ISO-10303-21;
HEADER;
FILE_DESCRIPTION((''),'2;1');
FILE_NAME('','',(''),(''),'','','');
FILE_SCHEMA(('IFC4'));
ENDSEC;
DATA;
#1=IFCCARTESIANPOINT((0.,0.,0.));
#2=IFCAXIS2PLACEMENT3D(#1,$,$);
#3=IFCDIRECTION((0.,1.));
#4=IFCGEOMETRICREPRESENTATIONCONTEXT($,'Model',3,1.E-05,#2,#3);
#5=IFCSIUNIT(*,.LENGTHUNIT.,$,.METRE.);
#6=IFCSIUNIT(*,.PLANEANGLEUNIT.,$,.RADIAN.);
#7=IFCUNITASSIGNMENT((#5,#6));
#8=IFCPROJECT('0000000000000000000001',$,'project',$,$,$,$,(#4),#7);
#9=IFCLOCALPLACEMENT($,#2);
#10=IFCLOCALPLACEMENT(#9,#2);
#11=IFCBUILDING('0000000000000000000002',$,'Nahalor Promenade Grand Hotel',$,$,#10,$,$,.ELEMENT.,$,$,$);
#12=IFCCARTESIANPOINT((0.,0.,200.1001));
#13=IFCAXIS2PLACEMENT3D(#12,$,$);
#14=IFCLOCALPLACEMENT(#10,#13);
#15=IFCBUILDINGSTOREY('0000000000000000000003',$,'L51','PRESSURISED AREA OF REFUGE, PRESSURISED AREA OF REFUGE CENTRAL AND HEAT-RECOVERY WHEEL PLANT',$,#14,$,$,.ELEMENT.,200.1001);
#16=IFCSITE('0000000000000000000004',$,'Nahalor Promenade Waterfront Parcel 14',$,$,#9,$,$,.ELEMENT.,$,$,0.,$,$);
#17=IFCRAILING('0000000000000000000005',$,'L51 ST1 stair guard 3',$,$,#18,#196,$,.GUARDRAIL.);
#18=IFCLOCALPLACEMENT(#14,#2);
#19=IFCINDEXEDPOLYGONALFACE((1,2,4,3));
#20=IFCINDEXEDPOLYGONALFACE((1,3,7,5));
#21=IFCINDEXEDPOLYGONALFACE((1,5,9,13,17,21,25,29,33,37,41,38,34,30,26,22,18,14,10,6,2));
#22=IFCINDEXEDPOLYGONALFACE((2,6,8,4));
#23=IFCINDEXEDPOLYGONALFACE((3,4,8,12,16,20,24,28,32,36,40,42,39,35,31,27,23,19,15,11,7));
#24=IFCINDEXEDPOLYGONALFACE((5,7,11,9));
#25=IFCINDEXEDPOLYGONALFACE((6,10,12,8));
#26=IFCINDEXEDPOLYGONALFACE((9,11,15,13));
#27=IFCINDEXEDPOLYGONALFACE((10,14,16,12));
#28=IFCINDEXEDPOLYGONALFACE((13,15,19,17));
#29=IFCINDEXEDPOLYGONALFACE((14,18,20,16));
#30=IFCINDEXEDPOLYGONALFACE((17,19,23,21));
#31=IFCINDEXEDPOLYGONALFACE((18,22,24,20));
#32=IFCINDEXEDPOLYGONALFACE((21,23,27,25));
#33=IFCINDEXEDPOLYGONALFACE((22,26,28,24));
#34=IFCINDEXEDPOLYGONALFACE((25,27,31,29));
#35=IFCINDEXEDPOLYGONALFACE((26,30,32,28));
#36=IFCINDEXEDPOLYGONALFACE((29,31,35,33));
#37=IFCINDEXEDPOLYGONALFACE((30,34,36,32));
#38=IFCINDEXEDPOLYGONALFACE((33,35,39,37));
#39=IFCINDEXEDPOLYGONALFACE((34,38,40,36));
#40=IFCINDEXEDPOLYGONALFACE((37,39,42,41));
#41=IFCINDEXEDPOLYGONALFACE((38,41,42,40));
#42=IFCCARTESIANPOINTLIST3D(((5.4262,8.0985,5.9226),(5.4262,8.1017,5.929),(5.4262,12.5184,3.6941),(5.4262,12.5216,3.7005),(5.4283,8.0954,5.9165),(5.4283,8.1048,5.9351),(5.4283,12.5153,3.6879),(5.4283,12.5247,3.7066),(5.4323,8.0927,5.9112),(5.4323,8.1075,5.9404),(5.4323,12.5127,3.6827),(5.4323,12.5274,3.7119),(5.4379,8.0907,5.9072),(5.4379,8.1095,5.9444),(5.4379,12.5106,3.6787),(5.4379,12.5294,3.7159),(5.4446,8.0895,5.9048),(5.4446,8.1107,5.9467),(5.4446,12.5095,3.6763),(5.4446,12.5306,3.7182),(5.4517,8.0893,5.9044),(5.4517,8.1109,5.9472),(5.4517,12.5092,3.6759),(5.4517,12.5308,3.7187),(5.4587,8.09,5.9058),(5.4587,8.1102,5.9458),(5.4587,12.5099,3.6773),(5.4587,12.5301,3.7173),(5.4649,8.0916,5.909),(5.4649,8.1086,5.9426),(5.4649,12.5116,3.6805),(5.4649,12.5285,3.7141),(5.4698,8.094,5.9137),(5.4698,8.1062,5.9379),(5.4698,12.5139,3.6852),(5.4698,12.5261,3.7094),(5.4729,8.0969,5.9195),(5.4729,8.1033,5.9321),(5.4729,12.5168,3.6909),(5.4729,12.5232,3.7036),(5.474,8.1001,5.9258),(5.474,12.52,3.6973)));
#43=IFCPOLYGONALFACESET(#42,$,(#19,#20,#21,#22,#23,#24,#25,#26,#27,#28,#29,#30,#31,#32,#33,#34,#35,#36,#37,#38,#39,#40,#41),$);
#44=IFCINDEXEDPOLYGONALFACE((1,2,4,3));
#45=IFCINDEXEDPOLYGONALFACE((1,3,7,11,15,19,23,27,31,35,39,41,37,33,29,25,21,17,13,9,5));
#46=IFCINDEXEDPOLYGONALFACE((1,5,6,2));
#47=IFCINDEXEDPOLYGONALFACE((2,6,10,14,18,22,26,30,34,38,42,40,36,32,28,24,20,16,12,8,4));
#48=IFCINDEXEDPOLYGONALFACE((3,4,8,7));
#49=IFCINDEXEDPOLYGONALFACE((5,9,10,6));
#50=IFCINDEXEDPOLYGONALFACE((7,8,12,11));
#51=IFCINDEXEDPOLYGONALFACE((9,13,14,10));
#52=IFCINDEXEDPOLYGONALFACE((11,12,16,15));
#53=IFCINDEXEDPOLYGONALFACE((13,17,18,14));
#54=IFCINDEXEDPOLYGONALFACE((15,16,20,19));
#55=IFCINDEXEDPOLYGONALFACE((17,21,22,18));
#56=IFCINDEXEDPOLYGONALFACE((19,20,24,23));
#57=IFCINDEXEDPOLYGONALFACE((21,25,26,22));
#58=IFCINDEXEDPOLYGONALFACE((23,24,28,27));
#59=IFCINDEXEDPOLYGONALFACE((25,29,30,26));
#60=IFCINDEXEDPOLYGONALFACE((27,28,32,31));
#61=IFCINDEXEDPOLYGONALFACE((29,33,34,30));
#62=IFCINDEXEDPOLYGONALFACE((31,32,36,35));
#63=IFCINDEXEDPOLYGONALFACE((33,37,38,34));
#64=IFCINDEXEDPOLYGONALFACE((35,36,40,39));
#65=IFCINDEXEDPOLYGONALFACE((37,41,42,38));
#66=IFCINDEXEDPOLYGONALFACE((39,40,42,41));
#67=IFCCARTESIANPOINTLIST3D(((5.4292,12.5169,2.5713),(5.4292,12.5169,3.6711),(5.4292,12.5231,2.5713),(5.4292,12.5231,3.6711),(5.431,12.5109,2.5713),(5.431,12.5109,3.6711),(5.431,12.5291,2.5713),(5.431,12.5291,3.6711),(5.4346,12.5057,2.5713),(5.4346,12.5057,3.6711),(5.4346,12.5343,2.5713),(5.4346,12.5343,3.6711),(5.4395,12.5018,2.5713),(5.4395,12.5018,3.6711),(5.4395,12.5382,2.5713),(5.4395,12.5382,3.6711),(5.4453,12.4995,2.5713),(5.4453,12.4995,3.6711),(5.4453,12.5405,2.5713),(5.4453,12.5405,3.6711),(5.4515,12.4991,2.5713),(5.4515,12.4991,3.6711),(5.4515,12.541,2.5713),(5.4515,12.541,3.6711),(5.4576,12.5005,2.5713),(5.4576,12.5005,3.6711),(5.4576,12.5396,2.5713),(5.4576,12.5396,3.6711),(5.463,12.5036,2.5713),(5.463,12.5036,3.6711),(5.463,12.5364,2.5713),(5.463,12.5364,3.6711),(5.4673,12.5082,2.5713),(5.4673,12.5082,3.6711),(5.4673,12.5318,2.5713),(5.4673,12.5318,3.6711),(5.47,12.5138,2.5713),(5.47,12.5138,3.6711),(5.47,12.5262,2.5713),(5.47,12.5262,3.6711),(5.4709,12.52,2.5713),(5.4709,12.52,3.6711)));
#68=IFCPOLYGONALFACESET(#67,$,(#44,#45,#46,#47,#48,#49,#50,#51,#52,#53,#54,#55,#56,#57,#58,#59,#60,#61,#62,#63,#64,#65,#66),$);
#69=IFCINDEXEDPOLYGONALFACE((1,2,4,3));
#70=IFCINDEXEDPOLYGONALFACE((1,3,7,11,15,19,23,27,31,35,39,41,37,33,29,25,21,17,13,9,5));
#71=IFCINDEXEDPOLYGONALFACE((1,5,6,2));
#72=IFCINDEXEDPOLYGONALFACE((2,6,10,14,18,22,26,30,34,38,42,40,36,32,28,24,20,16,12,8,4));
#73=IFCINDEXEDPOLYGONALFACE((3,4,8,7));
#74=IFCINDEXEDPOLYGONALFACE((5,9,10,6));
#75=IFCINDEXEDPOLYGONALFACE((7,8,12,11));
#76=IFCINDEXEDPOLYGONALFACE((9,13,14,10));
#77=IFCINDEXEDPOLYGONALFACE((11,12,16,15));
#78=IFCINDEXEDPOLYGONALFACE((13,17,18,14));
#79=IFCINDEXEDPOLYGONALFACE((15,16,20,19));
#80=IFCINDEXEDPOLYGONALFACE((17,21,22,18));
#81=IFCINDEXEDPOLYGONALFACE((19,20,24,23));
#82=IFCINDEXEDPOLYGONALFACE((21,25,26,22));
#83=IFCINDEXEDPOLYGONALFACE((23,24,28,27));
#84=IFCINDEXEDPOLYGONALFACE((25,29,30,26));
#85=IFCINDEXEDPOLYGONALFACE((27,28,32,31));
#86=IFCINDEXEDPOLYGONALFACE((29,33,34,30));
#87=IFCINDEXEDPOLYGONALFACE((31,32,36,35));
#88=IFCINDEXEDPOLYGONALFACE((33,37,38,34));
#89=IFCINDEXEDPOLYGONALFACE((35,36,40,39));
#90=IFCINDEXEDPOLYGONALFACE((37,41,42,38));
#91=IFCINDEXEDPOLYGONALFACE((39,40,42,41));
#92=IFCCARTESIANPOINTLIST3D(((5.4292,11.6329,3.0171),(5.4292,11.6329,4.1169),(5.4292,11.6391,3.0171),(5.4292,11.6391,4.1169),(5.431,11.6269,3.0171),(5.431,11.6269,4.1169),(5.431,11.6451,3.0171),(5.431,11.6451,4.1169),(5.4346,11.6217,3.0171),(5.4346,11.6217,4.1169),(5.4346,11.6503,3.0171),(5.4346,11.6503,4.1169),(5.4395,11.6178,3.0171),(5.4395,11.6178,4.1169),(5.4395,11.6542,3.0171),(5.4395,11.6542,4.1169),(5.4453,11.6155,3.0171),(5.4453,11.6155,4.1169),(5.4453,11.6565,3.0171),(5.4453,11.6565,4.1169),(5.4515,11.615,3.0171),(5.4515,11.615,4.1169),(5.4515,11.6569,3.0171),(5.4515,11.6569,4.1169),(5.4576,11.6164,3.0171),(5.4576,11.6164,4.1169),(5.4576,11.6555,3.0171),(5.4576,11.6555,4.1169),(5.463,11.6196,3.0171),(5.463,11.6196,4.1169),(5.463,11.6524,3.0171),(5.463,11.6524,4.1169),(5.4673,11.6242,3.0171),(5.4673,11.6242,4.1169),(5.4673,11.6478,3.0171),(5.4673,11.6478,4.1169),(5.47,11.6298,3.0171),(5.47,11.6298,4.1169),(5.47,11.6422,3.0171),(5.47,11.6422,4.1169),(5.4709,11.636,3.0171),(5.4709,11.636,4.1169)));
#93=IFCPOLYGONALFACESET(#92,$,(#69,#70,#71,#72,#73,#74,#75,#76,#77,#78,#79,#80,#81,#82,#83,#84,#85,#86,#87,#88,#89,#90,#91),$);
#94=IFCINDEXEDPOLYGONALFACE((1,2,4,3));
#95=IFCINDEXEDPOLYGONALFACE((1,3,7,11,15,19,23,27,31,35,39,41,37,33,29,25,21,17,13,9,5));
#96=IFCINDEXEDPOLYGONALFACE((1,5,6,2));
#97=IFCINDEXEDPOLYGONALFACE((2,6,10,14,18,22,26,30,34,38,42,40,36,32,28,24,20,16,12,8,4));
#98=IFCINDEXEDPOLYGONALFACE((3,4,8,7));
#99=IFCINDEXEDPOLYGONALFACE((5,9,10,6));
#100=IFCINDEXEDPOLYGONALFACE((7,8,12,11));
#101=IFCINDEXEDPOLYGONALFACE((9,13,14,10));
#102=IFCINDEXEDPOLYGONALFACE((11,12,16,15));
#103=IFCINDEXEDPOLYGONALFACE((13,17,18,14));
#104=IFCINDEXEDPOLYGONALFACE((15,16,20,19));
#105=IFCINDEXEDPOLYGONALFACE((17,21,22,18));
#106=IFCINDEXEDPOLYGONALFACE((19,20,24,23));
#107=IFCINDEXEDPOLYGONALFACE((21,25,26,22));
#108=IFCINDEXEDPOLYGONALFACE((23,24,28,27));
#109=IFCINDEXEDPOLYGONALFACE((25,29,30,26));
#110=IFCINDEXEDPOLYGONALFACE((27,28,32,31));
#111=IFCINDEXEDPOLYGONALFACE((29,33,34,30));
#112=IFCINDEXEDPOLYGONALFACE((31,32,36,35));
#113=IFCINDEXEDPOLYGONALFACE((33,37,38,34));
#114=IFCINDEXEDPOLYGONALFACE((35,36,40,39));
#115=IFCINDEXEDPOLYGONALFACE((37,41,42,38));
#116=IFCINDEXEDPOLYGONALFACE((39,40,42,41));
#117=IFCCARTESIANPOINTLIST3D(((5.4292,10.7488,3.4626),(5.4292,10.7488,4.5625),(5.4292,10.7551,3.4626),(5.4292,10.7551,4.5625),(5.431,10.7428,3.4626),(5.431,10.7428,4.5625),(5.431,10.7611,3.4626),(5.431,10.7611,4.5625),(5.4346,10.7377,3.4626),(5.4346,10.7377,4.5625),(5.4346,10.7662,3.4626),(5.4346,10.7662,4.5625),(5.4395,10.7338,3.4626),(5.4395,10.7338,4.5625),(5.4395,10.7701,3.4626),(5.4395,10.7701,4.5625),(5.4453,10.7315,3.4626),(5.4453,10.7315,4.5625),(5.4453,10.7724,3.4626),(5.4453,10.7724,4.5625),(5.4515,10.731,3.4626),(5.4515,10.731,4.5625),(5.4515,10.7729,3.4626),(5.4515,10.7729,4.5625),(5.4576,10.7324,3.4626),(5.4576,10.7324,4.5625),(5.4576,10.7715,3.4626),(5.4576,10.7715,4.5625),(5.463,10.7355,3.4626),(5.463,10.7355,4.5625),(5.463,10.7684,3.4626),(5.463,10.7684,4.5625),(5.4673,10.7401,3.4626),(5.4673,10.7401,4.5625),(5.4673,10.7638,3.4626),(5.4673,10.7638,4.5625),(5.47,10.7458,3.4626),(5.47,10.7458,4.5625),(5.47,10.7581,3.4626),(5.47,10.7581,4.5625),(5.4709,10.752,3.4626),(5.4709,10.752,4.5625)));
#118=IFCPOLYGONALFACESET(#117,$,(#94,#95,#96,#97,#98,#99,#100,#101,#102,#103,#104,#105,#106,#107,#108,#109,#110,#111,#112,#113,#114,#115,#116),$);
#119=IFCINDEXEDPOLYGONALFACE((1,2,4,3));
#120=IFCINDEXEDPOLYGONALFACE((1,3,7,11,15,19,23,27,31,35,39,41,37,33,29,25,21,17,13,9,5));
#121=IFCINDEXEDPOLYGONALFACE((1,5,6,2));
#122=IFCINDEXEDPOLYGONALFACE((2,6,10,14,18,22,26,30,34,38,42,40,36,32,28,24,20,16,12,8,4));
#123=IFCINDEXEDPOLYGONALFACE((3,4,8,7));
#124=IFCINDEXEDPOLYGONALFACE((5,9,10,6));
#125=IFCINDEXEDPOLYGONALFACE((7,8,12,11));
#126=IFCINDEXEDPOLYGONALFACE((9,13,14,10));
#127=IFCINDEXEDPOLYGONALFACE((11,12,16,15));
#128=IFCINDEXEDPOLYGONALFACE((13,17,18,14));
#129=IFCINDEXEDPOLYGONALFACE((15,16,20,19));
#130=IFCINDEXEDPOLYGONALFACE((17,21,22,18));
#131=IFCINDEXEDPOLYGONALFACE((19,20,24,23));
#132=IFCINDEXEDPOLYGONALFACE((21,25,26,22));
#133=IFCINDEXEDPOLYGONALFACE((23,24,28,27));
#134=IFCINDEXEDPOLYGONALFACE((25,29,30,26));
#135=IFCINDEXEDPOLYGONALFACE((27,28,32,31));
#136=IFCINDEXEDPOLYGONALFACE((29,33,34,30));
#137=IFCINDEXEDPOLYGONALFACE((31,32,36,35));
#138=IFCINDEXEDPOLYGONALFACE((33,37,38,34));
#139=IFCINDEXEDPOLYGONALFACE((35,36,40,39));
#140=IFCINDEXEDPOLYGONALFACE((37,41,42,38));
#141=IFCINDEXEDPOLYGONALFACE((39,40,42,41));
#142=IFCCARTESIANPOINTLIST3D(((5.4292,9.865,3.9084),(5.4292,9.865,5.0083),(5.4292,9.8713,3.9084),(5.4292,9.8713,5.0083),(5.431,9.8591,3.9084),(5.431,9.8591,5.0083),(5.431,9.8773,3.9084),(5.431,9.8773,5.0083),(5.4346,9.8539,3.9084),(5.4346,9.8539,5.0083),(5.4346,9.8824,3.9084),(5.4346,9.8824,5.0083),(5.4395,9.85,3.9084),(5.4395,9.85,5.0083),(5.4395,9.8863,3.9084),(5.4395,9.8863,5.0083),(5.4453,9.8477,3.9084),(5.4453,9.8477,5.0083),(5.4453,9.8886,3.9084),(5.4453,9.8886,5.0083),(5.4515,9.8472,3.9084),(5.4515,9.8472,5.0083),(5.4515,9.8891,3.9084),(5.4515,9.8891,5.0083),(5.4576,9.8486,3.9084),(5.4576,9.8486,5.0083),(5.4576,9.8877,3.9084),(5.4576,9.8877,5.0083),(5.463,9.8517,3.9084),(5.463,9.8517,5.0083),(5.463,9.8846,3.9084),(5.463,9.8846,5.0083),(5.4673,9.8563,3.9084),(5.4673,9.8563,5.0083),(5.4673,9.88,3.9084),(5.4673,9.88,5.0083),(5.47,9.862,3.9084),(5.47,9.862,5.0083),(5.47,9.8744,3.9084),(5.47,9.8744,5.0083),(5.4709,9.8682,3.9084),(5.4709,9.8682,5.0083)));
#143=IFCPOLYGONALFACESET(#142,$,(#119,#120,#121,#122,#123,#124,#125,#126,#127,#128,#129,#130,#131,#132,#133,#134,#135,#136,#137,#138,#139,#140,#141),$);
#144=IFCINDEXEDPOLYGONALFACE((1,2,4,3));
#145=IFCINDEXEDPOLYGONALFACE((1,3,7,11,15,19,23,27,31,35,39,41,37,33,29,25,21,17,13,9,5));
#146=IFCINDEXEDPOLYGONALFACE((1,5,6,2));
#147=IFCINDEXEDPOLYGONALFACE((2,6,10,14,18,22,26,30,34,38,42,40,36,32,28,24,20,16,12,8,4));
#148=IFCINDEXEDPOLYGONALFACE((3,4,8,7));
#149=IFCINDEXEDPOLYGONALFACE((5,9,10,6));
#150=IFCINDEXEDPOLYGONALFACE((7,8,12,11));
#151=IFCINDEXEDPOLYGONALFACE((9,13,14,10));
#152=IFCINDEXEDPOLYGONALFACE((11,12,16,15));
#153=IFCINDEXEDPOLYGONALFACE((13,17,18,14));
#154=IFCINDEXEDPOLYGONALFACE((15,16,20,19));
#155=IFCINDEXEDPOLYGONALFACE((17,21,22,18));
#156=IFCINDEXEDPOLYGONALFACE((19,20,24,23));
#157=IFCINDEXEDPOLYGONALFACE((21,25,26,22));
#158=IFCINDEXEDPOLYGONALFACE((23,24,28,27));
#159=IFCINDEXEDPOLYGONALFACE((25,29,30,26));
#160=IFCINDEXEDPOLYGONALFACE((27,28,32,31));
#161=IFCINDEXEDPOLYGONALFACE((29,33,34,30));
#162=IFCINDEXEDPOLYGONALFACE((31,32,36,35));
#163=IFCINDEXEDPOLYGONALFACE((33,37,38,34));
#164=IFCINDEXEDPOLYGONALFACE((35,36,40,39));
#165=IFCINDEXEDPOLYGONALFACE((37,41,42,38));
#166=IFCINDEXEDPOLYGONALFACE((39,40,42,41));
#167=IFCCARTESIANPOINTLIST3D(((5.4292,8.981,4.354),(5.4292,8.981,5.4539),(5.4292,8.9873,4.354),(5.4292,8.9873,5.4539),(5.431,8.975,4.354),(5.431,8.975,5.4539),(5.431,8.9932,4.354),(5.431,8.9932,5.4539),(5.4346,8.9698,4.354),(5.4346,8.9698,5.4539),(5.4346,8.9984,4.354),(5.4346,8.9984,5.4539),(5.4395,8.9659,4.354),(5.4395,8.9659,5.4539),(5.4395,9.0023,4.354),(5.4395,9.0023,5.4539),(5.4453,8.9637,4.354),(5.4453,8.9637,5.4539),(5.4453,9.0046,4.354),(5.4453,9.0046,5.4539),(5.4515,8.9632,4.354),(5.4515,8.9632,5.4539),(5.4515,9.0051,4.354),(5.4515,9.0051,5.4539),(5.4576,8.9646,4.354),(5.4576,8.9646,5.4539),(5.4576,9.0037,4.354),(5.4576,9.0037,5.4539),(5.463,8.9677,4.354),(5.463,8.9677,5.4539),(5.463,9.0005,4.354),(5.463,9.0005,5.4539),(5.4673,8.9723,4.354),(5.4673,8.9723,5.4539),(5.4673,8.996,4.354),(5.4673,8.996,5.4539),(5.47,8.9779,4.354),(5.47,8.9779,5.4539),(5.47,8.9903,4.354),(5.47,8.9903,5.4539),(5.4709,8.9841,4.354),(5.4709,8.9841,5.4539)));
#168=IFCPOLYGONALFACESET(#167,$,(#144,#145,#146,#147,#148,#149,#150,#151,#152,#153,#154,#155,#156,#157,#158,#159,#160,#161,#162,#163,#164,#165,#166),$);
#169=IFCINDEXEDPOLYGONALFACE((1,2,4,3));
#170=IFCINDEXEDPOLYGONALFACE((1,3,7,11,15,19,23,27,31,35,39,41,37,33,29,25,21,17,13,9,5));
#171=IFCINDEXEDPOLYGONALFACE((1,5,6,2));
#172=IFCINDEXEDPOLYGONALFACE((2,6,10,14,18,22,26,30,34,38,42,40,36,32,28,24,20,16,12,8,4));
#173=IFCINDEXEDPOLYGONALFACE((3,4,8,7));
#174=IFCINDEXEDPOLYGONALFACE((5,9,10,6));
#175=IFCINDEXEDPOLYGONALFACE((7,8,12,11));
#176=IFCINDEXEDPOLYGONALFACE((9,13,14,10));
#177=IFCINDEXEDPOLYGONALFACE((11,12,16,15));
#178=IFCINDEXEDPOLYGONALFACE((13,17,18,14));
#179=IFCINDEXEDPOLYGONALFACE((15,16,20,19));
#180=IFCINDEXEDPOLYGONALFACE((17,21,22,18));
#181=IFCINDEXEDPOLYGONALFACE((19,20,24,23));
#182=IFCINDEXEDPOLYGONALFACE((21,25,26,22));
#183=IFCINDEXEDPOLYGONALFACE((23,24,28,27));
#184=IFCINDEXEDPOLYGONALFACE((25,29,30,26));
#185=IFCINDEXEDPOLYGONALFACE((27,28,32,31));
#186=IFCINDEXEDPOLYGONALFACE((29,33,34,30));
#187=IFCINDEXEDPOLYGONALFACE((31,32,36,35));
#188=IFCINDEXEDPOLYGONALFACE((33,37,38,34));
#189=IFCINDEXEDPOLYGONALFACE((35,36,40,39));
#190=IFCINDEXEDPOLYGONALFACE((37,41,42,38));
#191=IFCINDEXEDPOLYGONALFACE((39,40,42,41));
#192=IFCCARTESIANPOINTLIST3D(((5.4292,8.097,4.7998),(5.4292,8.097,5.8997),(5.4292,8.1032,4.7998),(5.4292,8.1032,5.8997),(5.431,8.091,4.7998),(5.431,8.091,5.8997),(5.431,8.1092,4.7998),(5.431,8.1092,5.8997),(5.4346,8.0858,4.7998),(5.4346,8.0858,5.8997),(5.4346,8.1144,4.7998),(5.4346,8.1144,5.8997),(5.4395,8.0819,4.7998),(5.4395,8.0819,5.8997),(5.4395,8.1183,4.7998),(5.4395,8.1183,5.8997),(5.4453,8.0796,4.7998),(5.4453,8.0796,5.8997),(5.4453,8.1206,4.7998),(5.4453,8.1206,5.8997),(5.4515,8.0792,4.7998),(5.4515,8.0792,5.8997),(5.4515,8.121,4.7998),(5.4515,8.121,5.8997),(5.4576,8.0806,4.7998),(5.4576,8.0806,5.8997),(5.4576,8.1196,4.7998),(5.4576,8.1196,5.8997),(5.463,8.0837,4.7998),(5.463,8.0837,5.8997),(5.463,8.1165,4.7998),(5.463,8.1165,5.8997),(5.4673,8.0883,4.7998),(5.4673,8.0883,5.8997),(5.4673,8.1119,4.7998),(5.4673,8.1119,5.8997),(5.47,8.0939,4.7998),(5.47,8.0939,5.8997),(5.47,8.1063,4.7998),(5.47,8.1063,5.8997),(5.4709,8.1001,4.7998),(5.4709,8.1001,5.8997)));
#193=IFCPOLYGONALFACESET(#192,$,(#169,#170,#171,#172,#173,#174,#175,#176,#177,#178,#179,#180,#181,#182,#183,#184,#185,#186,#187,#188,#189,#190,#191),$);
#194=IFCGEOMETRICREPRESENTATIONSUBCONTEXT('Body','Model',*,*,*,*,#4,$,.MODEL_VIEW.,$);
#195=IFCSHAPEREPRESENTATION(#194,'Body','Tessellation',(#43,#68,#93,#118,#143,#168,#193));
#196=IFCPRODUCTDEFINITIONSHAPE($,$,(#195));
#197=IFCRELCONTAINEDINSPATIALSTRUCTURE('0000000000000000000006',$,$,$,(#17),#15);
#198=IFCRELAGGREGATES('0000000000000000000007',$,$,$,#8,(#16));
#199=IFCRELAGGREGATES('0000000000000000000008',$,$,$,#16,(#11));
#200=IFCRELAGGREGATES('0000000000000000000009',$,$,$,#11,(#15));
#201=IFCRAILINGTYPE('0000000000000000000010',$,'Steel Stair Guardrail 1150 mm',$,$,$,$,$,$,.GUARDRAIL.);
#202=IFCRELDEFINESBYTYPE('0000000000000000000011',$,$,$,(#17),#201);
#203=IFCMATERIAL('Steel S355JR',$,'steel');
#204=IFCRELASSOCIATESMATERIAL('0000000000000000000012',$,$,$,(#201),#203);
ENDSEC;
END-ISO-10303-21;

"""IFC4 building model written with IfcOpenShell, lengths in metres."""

from ifc_helpers import new_model, si_unit, direction, frame, origin, origin_2d, place, context, subcontext, project, spatial, circle, extrude, material, type_object, element, save


model = new_model("IFC4")

# Units and contexts
model_context = context("Model", 3, precision=1e-05, world=origin(), true_north=direction((0.0, 1.0)))
body_context = subcontext(model_context, "Body", "Model", "MODEL_VIEW")
ifc_project = project(units=[si_unit("LENGTHUNIT", "METRE"), si_unit("PLANEANGLEUNIT", "RADIAN")], contexts=[model_context])

# Site, building, storey
site_placement = place(None, origin())
site = spatial("IfcSite", under=ifc_project, at=site_placement, Name="Nahalor Promenade Waterfront Parcel 14", CompositionType="ELEMENT", RefElevation=0.0)
building_placement = place(site_placement, origin())
building = spatial("IfcBuilding", under=site, at=building_placement, Name="Nahalor Promenade Grand Hotel", CompositionType="ELEMENT")
storey_placement = place(building_placement, frame((0.0, 0.0, 200.1001)))
storey = spatial("IfcBuildingStorey", under=building, at=storey_placement, Name="L51", Description="PRESSURISED AREA OF REFUGE, PRESSURISED AREA OF REFUGE CENTRAL AND HEAT-RECOVERY WHEEL PLANT", CompositionType="ELEMENT", Elevation=200.1001)

# Shared definitions
ifc_material_1 = material(Name="Steel S355JR", Category="steel")

# Railing
railing_type_1 = type_object("IfcRailingType", Name="Steel Stair Guardrail 1150 mm", PredefinedType="GUARDRAIL", material=ifc_material_1)
railing_1_placement = place(storey_placement, frame((5.45, 12.52, 2.5713)))
element("IfcRailing", 1, at=railing_1_placement, inside=storey, type_object=railing_type_1, Name="L51 ST1 stair guard 3", PredefinedType="GUARDRAIL", context=body_context, shape_type="SweptSolid", body=[
    extrude(circle(Radius=0.024, at=origin_2d()), frame((0.0, 0.0, 1.126), z_axis=(0.0, -0.892923, 0.45021), x_axis=(1.0, 0.0, 0.0)), (0.0, 0.0, 1.0), 4.95),
    extrude(circle(Radius=0.021, at=origin_2d()), origin(), (0.0, 0.0, 1.0), 1.0999),
    extrude(circle(Radius=0.021, at=origin_2d()), frame((0.0, -0.884, 0.4458)), (0.0, 0.0, 1.0), 1.0999),
    extrude(circle(Radius=0.021, at=origin_2d()), frame((0.0, -1.7681, 0.8914)), (0.0, 0.0, 1.0), 1.0999),
    extrude(circle(Radius=0.021, at=origin_2d()), frame((0.0, -2.6519, 1.3372)), (0.0, 0.0, 1.0), 1.0999),
    extrude(circle(Radius=0.021, at=origin_2d()), frame((0.0, -3.5359, 1.7827)), (0.0, 0.0, 1.0), 1.0999),
    extrude(circle(Radius=0.021, at=origin_2d()), frame((0.0, -4.4199, 2.2285)), (0.0, 0.0, 1.0), 1.0999),
])

save(model, "model.ifc")
